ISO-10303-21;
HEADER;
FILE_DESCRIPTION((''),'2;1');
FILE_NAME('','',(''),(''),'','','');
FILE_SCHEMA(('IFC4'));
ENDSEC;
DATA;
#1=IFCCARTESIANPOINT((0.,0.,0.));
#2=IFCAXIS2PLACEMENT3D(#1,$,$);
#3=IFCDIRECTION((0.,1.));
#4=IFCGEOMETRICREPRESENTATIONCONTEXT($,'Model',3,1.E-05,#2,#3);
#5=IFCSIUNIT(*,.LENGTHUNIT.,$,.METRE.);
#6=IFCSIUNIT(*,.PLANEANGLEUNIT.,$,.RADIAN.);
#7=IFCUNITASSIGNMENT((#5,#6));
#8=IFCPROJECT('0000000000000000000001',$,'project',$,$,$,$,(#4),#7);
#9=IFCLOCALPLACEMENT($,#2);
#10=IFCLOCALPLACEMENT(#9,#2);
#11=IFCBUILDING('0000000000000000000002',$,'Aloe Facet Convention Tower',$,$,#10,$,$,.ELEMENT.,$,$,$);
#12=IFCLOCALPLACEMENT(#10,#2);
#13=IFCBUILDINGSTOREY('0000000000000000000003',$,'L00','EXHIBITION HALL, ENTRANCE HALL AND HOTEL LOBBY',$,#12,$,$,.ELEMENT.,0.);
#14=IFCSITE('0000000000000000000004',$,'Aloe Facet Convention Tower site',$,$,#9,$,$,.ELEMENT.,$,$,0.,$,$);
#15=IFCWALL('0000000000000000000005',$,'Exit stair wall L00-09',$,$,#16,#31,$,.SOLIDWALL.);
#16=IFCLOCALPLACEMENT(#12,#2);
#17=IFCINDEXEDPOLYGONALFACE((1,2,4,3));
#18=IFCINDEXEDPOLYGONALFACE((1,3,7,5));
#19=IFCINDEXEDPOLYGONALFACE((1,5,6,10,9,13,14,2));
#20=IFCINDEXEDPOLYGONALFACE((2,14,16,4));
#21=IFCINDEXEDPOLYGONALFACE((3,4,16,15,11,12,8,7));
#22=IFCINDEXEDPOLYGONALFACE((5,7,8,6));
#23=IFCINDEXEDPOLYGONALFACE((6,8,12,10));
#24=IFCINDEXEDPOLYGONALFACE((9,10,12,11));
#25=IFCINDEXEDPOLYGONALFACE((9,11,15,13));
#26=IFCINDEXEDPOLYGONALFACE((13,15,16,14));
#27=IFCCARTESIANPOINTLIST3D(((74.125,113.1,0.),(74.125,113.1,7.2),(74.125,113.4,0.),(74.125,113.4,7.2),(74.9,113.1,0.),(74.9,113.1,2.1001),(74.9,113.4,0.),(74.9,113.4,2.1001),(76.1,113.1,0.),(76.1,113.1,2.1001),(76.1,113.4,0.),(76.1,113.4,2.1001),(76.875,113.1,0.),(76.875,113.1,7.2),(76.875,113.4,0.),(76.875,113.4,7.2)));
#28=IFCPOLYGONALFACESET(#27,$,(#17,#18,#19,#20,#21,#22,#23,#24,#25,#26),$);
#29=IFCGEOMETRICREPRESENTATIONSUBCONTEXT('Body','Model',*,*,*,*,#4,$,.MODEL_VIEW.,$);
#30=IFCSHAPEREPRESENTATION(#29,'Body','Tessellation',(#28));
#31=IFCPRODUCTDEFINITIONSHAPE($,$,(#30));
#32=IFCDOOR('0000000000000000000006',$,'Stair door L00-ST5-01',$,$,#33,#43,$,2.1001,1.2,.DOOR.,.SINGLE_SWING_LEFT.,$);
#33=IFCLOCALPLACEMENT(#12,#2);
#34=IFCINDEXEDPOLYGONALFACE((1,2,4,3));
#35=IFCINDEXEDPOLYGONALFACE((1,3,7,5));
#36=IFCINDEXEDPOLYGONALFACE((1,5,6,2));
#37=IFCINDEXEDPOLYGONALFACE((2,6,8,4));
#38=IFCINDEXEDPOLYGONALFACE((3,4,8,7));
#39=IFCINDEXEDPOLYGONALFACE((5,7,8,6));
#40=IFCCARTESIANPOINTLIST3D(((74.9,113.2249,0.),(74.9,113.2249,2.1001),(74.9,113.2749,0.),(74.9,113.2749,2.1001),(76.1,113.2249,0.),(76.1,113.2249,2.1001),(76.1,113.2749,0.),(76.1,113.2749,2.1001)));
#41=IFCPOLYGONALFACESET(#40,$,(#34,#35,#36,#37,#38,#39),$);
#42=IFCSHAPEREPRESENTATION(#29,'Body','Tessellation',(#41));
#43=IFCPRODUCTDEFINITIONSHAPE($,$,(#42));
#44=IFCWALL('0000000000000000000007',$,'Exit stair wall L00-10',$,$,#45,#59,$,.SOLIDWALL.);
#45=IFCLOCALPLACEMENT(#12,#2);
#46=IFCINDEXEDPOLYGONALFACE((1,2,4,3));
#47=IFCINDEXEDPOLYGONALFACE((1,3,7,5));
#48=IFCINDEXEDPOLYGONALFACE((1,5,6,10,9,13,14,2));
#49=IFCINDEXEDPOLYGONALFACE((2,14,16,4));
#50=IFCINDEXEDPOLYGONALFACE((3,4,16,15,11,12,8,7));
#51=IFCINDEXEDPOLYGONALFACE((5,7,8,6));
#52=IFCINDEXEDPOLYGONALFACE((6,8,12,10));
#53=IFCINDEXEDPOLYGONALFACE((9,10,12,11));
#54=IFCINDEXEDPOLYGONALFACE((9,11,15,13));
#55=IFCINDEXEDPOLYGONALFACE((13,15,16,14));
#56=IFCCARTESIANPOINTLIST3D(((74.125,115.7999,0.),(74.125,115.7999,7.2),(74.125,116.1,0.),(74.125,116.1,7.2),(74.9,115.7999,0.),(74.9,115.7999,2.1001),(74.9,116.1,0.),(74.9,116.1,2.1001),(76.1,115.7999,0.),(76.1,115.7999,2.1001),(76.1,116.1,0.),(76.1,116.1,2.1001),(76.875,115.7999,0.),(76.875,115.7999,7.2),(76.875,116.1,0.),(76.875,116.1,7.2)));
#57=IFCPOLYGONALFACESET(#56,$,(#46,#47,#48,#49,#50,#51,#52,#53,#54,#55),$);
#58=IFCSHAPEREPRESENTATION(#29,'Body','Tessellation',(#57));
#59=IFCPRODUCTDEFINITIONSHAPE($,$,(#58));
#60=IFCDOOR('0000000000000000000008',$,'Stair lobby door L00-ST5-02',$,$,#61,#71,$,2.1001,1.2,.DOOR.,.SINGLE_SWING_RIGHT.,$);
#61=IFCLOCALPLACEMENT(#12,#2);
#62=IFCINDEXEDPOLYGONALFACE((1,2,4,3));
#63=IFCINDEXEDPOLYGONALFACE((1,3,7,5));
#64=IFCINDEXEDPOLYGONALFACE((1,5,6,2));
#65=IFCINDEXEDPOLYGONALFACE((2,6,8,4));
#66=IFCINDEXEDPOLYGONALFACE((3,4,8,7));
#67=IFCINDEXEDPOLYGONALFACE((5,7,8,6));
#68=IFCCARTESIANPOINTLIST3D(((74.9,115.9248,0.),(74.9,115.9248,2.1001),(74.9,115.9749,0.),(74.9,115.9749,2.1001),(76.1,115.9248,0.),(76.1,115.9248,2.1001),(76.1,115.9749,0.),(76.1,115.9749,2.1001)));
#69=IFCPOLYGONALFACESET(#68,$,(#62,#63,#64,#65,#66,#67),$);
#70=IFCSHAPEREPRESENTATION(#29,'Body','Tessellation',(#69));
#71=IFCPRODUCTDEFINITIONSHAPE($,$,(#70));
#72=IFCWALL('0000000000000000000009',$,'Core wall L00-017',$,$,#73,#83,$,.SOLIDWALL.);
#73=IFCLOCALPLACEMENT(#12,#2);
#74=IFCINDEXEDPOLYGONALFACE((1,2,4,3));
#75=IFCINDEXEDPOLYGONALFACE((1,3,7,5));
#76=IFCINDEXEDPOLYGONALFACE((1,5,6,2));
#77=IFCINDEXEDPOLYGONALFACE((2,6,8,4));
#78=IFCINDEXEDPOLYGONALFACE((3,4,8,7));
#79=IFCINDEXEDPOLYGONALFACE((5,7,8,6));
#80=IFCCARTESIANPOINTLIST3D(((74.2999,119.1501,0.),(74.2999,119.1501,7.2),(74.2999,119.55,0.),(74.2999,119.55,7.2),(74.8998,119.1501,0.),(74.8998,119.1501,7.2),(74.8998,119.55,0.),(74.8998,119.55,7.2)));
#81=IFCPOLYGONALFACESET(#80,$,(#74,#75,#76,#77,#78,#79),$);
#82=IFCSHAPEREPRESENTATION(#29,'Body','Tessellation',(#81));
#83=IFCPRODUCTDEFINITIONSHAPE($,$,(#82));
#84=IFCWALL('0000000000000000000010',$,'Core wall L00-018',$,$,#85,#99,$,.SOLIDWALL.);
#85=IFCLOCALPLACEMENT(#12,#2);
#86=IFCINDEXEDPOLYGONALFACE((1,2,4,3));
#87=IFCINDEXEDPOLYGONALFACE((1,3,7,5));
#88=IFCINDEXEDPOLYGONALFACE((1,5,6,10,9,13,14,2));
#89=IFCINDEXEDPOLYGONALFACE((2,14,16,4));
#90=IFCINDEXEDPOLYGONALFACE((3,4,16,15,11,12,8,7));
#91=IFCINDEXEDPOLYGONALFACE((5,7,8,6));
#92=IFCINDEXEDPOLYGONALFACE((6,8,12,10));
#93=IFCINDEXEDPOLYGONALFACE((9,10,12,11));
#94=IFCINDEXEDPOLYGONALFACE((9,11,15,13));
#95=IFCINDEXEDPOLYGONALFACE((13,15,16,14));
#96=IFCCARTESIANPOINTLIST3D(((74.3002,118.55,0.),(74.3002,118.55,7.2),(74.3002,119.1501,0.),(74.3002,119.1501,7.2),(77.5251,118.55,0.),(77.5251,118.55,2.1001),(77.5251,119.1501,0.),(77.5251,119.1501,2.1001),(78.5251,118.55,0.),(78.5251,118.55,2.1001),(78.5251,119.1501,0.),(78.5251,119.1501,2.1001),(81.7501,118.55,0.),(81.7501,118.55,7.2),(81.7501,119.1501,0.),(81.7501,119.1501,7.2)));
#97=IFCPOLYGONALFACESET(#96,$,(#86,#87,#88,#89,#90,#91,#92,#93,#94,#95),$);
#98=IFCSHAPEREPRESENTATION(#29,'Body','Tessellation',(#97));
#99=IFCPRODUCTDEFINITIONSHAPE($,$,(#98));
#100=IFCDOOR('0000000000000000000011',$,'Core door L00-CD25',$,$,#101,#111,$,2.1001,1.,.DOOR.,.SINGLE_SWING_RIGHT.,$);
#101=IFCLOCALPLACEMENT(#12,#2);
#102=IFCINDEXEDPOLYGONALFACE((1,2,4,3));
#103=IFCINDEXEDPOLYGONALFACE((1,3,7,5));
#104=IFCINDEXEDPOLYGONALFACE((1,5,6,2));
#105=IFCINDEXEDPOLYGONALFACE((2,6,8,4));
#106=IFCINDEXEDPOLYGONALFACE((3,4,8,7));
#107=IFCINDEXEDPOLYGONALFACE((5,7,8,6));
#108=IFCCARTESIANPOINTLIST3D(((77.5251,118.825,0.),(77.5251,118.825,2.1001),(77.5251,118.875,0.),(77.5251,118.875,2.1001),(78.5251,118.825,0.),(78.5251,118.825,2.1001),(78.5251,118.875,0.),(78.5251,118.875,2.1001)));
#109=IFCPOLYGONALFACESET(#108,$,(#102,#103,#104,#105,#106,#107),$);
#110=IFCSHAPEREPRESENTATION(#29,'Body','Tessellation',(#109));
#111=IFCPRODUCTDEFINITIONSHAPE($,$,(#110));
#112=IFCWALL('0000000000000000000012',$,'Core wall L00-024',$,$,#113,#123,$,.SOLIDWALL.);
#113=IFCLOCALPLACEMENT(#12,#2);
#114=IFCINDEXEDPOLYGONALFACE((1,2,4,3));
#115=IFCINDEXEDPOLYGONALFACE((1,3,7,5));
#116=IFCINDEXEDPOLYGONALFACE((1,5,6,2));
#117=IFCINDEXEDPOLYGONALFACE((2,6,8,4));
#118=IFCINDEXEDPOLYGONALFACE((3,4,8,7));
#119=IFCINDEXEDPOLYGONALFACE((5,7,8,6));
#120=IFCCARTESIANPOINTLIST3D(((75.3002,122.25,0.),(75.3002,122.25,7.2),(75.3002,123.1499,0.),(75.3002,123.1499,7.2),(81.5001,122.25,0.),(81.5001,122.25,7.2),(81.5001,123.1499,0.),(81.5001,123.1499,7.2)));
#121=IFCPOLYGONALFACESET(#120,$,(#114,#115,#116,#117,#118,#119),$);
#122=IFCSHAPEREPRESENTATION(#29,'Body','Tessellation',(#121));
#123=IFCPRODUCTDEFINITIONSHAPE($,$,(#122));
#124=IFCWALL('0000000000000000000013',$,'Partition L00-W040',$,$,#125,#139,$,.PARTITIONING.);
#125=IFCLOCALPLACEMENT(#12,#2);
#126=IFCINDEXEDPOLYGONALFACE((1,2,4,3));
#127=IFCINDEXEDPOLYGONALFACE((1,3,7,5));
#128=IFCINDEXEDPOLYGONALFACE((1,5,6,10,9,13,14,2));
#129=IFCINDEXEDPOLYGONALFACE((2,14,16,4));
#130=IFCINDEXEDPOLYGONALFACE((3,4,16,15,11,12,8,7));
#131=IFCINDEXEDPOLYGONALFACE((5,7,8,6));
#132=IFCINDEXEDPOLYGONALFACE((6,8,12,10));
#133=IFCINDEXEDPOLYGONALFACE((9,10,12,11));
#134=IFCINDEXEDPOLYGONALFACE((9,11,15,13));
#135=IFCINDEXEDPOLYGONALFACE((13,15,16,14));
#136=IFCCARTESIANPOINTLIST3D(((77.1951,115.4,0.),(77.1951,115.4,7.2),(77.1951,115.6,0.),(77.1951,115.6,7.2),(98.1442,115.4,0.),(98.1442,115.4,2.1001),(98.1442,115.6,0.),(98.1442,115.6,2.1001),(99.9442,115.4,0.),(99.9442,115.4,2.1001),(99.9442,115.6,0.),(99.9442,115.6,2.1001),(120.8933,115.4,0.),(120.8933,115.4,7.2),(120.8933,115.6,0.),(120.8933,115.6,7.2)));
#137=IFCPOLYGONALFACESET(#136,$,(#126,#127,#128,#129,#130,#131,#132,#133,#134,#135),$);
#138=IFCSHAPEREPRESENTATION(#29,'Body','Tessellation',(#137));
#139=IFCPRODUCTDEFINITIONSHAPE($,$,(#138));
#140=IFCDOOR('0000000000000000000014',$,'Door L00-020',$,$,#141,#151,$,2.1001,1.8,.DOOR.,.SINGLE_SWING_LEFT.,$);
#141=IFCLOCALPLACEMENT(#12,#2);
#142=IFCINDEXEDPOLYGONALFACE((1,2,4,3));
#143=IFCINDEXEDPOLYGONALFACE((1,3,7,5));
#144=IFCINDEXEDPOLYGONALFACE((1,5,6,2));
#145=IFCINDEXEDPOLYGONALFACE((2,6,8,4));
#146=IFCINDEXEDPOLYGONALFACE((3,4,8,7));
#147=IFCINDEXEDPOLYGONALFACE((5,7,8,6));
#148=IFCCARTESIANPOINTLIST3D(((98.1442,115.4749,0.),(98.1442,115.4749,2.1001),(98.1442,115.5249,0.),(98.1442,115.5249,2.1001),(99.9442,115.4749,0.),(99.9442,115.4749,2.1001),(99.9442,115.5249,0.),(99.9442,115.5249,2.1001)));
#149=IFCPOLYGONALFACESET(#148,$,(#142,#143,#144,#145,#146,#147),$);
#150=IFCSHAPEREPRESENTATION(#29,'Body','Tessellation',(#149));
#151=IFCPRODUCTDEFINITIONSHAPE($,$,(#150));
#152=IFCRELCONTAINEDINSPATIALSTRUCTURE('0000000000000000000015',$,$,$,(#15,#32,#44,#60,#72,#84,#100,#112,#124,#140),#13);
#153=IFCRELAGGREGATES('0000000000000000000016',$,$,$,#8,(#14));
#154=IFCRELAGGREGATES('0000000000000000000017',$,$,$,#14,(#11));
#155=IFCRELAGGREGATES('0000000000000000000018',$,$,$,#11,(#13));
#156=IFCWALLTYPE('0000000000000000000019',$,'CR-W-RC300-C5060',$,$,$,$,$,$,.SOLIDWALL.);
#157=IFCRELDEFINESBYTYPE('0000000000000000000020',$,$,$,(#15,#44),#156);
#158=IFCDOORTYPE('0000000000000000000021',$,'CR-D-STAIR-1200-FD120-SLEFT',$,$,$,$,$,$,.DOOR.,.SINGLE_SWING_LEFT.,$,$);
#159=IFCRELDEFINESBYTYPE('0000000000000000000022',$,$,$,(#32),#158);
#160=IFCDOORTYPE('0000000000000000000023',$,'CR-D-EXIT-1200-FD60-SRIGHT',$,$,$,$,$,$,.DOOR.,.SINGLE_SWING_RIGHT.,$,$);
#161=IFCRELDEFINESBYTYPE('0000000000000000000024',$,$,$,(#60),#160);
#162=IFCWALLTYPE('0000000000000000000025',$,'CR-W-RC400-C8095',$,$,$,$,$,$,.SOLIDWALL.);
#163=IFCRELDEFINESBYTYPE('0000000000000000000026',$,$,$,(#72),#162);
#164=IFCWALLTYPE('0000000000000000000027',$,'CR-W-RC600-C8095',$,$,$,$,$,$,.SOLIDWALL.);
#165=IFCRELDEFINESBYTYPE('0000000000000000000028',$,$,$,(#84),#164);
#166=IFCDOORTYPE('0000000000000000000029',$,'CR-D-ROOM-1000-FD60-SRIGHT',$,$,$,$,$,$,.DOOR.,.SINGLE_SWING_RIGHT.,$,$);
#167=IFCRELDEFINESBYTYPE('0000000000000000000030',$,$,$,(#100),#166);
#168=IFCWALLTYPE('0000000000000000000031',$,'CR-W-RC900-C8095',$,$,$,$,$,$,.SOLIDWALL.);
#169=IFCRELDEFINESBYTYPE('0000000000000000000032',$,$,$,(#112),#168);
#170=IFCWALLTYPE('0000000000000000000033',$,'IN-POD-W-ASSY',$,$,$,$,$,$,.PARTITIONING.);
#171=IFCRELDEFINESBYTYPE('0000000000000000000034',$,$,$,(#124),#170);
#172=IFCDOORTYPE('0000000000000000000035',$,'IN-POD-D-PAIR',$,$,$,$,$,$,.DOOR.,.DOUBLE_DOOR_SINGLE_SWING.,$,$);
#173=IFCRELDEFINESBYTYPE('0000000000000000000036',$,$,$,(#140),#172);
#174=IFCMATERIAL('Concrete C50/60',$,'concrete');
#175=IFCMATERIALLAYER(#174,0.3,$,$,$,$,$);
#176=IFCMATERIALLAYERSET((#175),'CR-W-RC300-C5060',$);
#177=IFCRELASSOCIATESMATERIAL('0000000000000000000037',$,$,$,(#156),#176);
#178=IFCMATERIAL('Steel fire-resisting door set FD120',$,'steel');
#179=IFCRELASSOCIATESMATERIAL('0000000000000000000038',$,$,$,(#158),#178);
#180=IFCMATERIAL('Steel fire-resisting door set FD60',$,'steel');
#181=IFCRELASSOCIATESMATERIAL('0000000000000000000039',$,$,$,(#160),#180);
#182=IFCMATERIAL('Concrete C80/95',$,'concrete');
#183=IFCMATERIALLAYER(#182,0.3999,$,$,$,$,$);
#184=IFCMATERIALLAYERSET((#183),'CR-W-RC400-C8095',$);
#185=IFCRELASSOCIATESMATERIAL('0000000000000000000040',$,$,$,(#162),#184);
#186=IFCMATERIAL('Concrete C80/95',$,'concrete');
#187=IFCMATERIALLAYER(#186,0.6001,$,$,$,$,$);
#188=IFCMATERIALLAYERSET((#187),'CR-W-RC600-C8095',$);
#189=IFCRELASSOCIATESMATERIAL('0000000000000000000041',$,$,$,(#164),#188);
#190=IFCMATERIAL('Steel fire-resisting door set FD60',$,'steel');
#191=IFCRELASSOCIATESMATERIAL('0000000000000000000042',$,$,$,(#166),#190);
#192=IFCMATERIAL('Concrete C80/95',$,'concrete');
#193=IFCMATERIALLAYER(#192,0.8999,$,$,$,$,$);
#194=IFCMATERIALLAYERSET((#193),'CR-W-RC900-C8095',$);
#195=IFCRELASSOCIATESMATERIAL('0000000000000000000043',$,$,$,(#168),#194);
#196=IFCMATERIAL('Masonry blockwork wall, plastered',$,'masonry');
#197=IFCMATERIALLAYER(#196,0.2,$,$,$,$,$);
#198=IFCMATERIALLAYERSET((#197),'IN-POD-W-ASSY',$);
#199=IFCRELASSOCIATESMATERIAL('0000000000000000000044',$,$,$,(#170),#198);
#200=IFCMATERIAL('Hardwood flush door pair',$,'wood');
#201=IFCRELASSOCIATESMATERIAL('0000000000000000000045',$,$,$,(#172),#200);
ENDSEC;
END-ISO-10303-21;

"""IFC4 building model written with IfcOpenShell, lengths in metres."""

from ifc_helpers import new_model, si_unit, direction, frame, frame_2d, origin, place, context, subcontext, project, spatial, rectangle, extrude, material, layer, layer_set, type_object, element, fill, save


model = new_model("IFC4")

# Units and contexts
model_context = context("Model", 3, precision=1e-05, world=origin(), true_north=direction((0.0, 1.0)))
body_context = subcontext(model_context, "Body", "Model", "MODEL_VIEW")
ifc_project = project(units=[si_unit("LENGTHUNIT", "METRE"), si_unit("PLANEANGLEUNIT", "RADIAN")], contexts=[model_context])

# Site, building, storey
site_placement = place(None, origin())
site = spatial("IfcSite", under=ifc_project, at=site_placement, Name="Aloe Facet Convention Tower site", CompositionType="ELEMENT", RefElevation=0.0)
building_placement = place(site_placement, origin())
building = spatial("IfcBuilding", under=site, at=building_placement, Name="Aloe Facet Convention Tower", CompositionType="ELEMENT")
storey_placement = place(building_placement, origin())
storey = spatial("IfcBuildingStorey", under=building, at=storey_placement, Name="L00", Description="EXHIBITION HALL, ENTRANCE HALL AND HOTEL LOBBY", CompositionType="ELEMENT", Elevation=0.0)

# Shared definitions
ifc_material_1 = material(Name="Concrete C50/60", Category="concrete")
ifc_layer_1 = layer(ifc_material_1, 0.3)
ifc_layer_set_1 = layer_set([ifc_layer_1], Name="CR-W-RC300-C5060")
wall_type_1 = type_object("IfcWallType", Name="CR-W-RC300-C5060", PredefinedType="SOLIDWALL", material=ifc_layer_set_1)

# Walls, openings, doors
wall_1_placement = place(storey_placement, frame((74.125, 113.25, 0.0), z_axis=(0.0, 0.0, 1.0), x_axis=(1.0, 0.0, 0.0)))
wall_1 = element("IfcWall", 1, at=wall_1_placement, inside=storey, type_object=wall_type_1, Name="Exit stair wall L00-09", PredefinedType="SOLIDWALL", context=body_context, shape_type="SweptSolid", body=[
    extrude(rectangle(XDim=2.75, YDim=0.3, at=frame_2d((1.375, 0.0))), origin(), (0.0, 0.0, 1.0), 7.2),
])
opening_1_placement = place(wall_1_placement, frame((0.7749, 0.0, 0.0)))
opening_1 = element("IfcOpeningElement", 2, at=opening_1_placement, cuts=wall_1, PredefinedType="OPENING", context=body_context, shape_type="SweptSolid", body=[
    extrude(rectangle(XDim=1.2, YDim=2.1001, at=frame_2d((0.6001, 1.05))), frame((0.0, 0.1602, 0.0), z_axis=(0.0, -1.0, 0.0), x_axis=(1.0, 0.0, 0.0)), (0.0, 0.0, 1.0), 0.3201),
])
ifc_material_2 = material(Name="Steel fire-resisting door set FD120", Category="steel")
door_type_1 = type_object("IfcDoorType", Name="CR-D-STAIR-1200-FD120-SLEFT", OperationType="SINGLE_SWING_LEFT", PredefinedType="DOOR", material=ifc_material_2)
door_1_placement = place(opening_1_placement, origin())
door_1 = element("IfcDoor", 3, at=door_1_placement, inside=storey, type_object=door_type_1, Name="Stair door L00-ST5-01", OperationType="SINGLE_SWING_LEFT", OverallHeight=2.1001, OverallWidth=1.2, PredefinedType="DOOR", context=body_context, shape_type="SweptSolid", body=[
    extrude(rectangle(XDim=1.2, YDim=2.1001, at=frame_2d((0.6001, 1.05))), frame((0.0, 0.0249, 0.0), z_axis=(0.0, -1.0, 0.0), x_axis=(1.0, 0.0, 0.0)), (0.0, 0.0, 1.0), 0.05),
])
fill(opening_1, door_1)
wall_2_placement = place(storey_placement, frame((74.125, 115.95, 0.0), z_axis=(0.0, 0.0, 1.0), x_axis=(1.0, 0.0, 0.0)))
wall_2 = element("IfcWall", 4, at=wall_2_placement, inside=storey, type_object=wall_type_1, Name="Exit stair wall L00-10", PredefinedType="SOLIDWALL", context=body_context, shape_type="SweptSolid", body=[
    extrude(rectangle(XDim=2.75, YDim=0.3, at=frame_2d((1.375, 0.0))), origin(), (0.0, 0.0, 1.0), 7.2),
])
opening_2_placement = place(wall_2_placement, frame((0.7749, 0.0, 0.0)))
opening_2 = element("IfcOpeningElement", 5, at=opening_2_placement, cuts=wall_2, PredefinedType="OPENING", context=body_context, shape_type="SweptSolid", body=[
    extrude(rectangle(XDim=1.2, YDim=2.1001, at=frame_2d((0.6001, 1.05))), frame((0.0, 0.1602, 0.0), z_axis=(0.0, -1.0, 0.0), x_axis=(1.0, 0.0, 0.0)), (0.0, 0.0, 1.0), 0.3201),
])
ifc_material_3 = material(Name="Steel fire-resisting door set FD60", Category="steel")
door_type_2 = type_object("IfcDoorType", Name="CR-D-EXIT-1200-FD60-SRIGHT", OperationType="SINGLE_SWING_RIGHT", PredefinedType="DOOR", material=ifc_material_3)
door_2_placement = place(opening_2_placement, origin())
door_2 = element("IfcDoor", 6, at=door_2_placement, inside=storey, type_object=door_type_2, Name="Stair lobby door L00-ST5-02", OperationType="SINGLE_SWING_RIGHT", OverallHeight=2.1001, OverallWidth=1.2, PredefinedType="DOOR", context=body_context, shape_type="SweptSolid", body=[
    extrude(rectangle(XDim=1.2, YDim=2.1001, at=frame_2d((0.6001, 1.05))), frame((0.0, 0.0249, 0.0), z_axis=(0.0, -1.0, 0.0), x_axis=(1.0, 0.0, 0.0)), (0.0, 0.0, 1.0), 0.05),
])
fill(opening_2, door_2)

# Wall
ifc_material_4 = material(Name="Concrete C80/95", Category="concrete")
ifc_layer_2 = layer(ifc_material_4, 0.3999)
ifc_layer_set_2 = layer_set([ifc_layer_2], Name="CR-W-RC400-C8095")
wall_type_2 = type_object("IfcWallType", Name="CR-W-RC400-C8095", PredefinedType="SOLIDWALL", material=ifc_layer_set_2)
wall_3_placement = place(storey_placement, frame((74.3, 119.3501, 0.0), z_axis=(0.0, 0.0, 1.0), x_axis=(1.0, 0.0, 0.0)))
element("IfcWall", 7, at=wall_3_placement, inside=storey, type_object=wall_type_2, Name="Core wall L00-017", PredefinedType="SOLIDWALL", context=body_context, shape_type="SweptSolid", body=[
    extrude(rectangle(XDim=0.5999, YDim=0.3999, at=frame_2d((0.2998, 0.0))), origin(), (0.0, 0.0, 1.0), 7.2),
])

# Wall, opening, door
ifc_material_5 = material(Name="Concrete C80/95", Category="concrete")
ifc_layer_3 = layer(ifc_material_5, 0.6001)
ifc_layer_set_3 = layer_set([ifc_layer_3], Name="CR-W-RC600-C8095")
wall_type_3 = type_object("IfcWallType", Name="CR-W-RC600-C8095", PredefinedType="SOLIDWALL", material=ifc_layer_set_3)
wall_4_placement = place(storey_placement, frame((74.3, 118.8501, 0.0), z_axis=(0.0, 0.0, 1.0), x_axis=(1.0, 0.0, 0.0)))
wall_4 = element("IfcWall", 8, at=wall_4_placement, inside=storey, type_object=wall_type_3, Name="Core wall L00-018", PredefinedType="SOLIDWALL", context=body_context, shape_type="SweptSolid", body=[
    extrude(rectangle(XDim=7.45, YDim=0.6001, at=frame_2d((3.7251, 0.0))), origin(), (0.0, 0.0, 1.0), 7.2),
])
opening_3_placement = place(wall_4_placement, frame((3.2251, 0.0, 0.0)))
opening_3 = element("IfcOpeningElement", 9, at=opening_3_placement, cuts=wall_4, PredefinedType="OPENING", context=body_context, shape_type="SweptSolid", body=[
    extrude(rectangle(XDim=1.0, YDim=2.1001, at=frame_2d((0.5, 1.05))), frame((0.0, 0.3101, 0.0), z_axis=(0.0, -1.0, 0.0), x_axis=(1.0, 0.0, 0.0)), (0.0, 0.0, 1.0), 0.6201),
])
ifc_material_6 = material(Name="Steel fire-resisting door set FD60", Category="steel")
door_type_3 = type_object("IfcDoorType", Name="CR-D-ROOM-1000-FD60-SRIGHT", OperationType="SINGLE_SWING_RIGHT", PredefinedType="DOOR", material=ifc_material_6)
door_3_placement = place(opening_3_placement, origin())
door_3 = element("IfcDoor", 10, at=door_3_placement, inside=storey, type_object=door_type_3, Name="Core door L00-CD25", OperationType="SINGLE_SWING_RIGHT", OverallHeight=2.1001, OverallWidth=1.0, PredefinedType="DOOR", context=body_context, shape_type="SweptSolid", body=[
    extrude(rectangle(XDim=1.0, YDim=2.1001, at=frame_2d((0.5, 1.05))), frame((0.0, 0.0249, 0.0), z_axis=(0.0, -1.0, 0.0), x_axis=(1.0, 0.0, 0.0)), (0.0, 0.0, 1.0), 0.05),
])
fill(opening_3, door_3)

# Wall
ifc_material_7 = material(Name="Concrete C80/95", Category="concrete")
ifc_layer_4 = layer(ifc_material_7, 0.8999)
ifc_layer_set_4 = layer_set([ifc_layer_4], Name="CR-W-RC900-C8095")
wall_type_4 = type_object("IfcWallType", Name="CR-W-RC900-C8095", PredefinedType="SOLIDWALL", material=ifc_layer_set_4)
wall_5_placement = place(storey_placement, frame((75.3, 122.7, 0.0), z_axis=(0.0, 0.0, 1.0), x_axis=(1.0, 0.0, 0.0)))
element("IfcWall", 11, at=wall_5_placement, inside=storey, type_object=wall_type_4, Name="Core wall L00-024", PredefinedType="SOLIDWALL", context=body_context, shape_type="SweptSolid", body=[
    extrude(rectangle(XDim=6.2, YDim=0.8999, at=frame_2d((3.1001, 0.0))), origin(), (0.0, 0.0, 1.0), 7.2),
])

# Wall, opening, door
ifc_material_8 = material(Name="Masonry blockwork wall, plastered", Category="masonry")
ifc_layer_5 = layer(ifc_material_8, 0.2)
ifc_layer_set_5 = layer_set([ifc_layer_5], Name="IN-POD-W-ASSY")
wall_type_5 = type_object("IfcWallType", Name="IN-POD-W-ASSY", PredefinedType="PARTITIONING", material=ifc_layer_set_5)
wall_6_placement = place(storey_placement, frame((77.1951, 115.5, 0.0), z_axis=(0.0, 0.0, 1.0), x_axis=(1.0, 0.0, 0.0)))
wall_6 = element("IfcWall", 12, at=wall_6_placement, inside=storey, type_object=wall_type_5, Name="Partition L00-W040", PredefinedType="PARTITIONING", context=body_context, shape_type="SweptSolid", body=[
    extrude(rectangle(XDim=43.6982, YDim=0.2, at=frame_2d((21.8491, 0.0))), origin(), (0.0, 0.0, 1.0), 7.2),
])
opening_4_placement = place(wall_6_placement, frame((20.9492, 0.0, 0.0)))
opening_4 = element("IfcOpeningElement", 13, at=opening_4_placement, cuts=wall_6, PredefinedType="OPENING", context=body_context, shape_type="SweptSolid", body=[
    extrude(rectangle(XDim=1.8, YDim=2.1001, at=frame_2d((0.8999, 1.05))), frame((0.0, 0.1099, 0.0), z_axis=(0.0, -1.0, 0.0), x_axis=(1.0, 0.0, 0.0)), (0.0, 0.0, 1.0), 0.22),
])
ifc_material_9 = material(Name="Hardwood flush door pair", Category="wood")
door_type_4 = type_object("IfcDoorType", Name="IN-POD-D-PAIR", OperationType="DOUBLE_DOOR_SINGLE_SWING", PredefinedType="DOOR", material=ifc_material_9)
door_4_placement = place(opening_4_placement, origin())
door_4 = element("IfcDoor", 14, at=door_4_placement, inside=storey, type_object=door_type_4, Name="Door L00-020", OperationType="SINGLE_SWING_LEFT", OverallHeight=2.1001, OverallWidth=1.8, PredefinedType="DOOR", context=body_context, shape_type="SweptSolid", body=[
    extrude(rectangle(XDim=1.8, YDim=2.1001, at=frame_2d((0.8999, 1.05))), frame((0.0, 0.0249, 0.0), z_axis=(0.0, -1.0, 0.0), x_axis=(1.0, 0.0, 0.0)), (0.0, 0.0, 1.0), 0.05),
])
fill(opening_4, door_4)

save(model, "model.ifc")
